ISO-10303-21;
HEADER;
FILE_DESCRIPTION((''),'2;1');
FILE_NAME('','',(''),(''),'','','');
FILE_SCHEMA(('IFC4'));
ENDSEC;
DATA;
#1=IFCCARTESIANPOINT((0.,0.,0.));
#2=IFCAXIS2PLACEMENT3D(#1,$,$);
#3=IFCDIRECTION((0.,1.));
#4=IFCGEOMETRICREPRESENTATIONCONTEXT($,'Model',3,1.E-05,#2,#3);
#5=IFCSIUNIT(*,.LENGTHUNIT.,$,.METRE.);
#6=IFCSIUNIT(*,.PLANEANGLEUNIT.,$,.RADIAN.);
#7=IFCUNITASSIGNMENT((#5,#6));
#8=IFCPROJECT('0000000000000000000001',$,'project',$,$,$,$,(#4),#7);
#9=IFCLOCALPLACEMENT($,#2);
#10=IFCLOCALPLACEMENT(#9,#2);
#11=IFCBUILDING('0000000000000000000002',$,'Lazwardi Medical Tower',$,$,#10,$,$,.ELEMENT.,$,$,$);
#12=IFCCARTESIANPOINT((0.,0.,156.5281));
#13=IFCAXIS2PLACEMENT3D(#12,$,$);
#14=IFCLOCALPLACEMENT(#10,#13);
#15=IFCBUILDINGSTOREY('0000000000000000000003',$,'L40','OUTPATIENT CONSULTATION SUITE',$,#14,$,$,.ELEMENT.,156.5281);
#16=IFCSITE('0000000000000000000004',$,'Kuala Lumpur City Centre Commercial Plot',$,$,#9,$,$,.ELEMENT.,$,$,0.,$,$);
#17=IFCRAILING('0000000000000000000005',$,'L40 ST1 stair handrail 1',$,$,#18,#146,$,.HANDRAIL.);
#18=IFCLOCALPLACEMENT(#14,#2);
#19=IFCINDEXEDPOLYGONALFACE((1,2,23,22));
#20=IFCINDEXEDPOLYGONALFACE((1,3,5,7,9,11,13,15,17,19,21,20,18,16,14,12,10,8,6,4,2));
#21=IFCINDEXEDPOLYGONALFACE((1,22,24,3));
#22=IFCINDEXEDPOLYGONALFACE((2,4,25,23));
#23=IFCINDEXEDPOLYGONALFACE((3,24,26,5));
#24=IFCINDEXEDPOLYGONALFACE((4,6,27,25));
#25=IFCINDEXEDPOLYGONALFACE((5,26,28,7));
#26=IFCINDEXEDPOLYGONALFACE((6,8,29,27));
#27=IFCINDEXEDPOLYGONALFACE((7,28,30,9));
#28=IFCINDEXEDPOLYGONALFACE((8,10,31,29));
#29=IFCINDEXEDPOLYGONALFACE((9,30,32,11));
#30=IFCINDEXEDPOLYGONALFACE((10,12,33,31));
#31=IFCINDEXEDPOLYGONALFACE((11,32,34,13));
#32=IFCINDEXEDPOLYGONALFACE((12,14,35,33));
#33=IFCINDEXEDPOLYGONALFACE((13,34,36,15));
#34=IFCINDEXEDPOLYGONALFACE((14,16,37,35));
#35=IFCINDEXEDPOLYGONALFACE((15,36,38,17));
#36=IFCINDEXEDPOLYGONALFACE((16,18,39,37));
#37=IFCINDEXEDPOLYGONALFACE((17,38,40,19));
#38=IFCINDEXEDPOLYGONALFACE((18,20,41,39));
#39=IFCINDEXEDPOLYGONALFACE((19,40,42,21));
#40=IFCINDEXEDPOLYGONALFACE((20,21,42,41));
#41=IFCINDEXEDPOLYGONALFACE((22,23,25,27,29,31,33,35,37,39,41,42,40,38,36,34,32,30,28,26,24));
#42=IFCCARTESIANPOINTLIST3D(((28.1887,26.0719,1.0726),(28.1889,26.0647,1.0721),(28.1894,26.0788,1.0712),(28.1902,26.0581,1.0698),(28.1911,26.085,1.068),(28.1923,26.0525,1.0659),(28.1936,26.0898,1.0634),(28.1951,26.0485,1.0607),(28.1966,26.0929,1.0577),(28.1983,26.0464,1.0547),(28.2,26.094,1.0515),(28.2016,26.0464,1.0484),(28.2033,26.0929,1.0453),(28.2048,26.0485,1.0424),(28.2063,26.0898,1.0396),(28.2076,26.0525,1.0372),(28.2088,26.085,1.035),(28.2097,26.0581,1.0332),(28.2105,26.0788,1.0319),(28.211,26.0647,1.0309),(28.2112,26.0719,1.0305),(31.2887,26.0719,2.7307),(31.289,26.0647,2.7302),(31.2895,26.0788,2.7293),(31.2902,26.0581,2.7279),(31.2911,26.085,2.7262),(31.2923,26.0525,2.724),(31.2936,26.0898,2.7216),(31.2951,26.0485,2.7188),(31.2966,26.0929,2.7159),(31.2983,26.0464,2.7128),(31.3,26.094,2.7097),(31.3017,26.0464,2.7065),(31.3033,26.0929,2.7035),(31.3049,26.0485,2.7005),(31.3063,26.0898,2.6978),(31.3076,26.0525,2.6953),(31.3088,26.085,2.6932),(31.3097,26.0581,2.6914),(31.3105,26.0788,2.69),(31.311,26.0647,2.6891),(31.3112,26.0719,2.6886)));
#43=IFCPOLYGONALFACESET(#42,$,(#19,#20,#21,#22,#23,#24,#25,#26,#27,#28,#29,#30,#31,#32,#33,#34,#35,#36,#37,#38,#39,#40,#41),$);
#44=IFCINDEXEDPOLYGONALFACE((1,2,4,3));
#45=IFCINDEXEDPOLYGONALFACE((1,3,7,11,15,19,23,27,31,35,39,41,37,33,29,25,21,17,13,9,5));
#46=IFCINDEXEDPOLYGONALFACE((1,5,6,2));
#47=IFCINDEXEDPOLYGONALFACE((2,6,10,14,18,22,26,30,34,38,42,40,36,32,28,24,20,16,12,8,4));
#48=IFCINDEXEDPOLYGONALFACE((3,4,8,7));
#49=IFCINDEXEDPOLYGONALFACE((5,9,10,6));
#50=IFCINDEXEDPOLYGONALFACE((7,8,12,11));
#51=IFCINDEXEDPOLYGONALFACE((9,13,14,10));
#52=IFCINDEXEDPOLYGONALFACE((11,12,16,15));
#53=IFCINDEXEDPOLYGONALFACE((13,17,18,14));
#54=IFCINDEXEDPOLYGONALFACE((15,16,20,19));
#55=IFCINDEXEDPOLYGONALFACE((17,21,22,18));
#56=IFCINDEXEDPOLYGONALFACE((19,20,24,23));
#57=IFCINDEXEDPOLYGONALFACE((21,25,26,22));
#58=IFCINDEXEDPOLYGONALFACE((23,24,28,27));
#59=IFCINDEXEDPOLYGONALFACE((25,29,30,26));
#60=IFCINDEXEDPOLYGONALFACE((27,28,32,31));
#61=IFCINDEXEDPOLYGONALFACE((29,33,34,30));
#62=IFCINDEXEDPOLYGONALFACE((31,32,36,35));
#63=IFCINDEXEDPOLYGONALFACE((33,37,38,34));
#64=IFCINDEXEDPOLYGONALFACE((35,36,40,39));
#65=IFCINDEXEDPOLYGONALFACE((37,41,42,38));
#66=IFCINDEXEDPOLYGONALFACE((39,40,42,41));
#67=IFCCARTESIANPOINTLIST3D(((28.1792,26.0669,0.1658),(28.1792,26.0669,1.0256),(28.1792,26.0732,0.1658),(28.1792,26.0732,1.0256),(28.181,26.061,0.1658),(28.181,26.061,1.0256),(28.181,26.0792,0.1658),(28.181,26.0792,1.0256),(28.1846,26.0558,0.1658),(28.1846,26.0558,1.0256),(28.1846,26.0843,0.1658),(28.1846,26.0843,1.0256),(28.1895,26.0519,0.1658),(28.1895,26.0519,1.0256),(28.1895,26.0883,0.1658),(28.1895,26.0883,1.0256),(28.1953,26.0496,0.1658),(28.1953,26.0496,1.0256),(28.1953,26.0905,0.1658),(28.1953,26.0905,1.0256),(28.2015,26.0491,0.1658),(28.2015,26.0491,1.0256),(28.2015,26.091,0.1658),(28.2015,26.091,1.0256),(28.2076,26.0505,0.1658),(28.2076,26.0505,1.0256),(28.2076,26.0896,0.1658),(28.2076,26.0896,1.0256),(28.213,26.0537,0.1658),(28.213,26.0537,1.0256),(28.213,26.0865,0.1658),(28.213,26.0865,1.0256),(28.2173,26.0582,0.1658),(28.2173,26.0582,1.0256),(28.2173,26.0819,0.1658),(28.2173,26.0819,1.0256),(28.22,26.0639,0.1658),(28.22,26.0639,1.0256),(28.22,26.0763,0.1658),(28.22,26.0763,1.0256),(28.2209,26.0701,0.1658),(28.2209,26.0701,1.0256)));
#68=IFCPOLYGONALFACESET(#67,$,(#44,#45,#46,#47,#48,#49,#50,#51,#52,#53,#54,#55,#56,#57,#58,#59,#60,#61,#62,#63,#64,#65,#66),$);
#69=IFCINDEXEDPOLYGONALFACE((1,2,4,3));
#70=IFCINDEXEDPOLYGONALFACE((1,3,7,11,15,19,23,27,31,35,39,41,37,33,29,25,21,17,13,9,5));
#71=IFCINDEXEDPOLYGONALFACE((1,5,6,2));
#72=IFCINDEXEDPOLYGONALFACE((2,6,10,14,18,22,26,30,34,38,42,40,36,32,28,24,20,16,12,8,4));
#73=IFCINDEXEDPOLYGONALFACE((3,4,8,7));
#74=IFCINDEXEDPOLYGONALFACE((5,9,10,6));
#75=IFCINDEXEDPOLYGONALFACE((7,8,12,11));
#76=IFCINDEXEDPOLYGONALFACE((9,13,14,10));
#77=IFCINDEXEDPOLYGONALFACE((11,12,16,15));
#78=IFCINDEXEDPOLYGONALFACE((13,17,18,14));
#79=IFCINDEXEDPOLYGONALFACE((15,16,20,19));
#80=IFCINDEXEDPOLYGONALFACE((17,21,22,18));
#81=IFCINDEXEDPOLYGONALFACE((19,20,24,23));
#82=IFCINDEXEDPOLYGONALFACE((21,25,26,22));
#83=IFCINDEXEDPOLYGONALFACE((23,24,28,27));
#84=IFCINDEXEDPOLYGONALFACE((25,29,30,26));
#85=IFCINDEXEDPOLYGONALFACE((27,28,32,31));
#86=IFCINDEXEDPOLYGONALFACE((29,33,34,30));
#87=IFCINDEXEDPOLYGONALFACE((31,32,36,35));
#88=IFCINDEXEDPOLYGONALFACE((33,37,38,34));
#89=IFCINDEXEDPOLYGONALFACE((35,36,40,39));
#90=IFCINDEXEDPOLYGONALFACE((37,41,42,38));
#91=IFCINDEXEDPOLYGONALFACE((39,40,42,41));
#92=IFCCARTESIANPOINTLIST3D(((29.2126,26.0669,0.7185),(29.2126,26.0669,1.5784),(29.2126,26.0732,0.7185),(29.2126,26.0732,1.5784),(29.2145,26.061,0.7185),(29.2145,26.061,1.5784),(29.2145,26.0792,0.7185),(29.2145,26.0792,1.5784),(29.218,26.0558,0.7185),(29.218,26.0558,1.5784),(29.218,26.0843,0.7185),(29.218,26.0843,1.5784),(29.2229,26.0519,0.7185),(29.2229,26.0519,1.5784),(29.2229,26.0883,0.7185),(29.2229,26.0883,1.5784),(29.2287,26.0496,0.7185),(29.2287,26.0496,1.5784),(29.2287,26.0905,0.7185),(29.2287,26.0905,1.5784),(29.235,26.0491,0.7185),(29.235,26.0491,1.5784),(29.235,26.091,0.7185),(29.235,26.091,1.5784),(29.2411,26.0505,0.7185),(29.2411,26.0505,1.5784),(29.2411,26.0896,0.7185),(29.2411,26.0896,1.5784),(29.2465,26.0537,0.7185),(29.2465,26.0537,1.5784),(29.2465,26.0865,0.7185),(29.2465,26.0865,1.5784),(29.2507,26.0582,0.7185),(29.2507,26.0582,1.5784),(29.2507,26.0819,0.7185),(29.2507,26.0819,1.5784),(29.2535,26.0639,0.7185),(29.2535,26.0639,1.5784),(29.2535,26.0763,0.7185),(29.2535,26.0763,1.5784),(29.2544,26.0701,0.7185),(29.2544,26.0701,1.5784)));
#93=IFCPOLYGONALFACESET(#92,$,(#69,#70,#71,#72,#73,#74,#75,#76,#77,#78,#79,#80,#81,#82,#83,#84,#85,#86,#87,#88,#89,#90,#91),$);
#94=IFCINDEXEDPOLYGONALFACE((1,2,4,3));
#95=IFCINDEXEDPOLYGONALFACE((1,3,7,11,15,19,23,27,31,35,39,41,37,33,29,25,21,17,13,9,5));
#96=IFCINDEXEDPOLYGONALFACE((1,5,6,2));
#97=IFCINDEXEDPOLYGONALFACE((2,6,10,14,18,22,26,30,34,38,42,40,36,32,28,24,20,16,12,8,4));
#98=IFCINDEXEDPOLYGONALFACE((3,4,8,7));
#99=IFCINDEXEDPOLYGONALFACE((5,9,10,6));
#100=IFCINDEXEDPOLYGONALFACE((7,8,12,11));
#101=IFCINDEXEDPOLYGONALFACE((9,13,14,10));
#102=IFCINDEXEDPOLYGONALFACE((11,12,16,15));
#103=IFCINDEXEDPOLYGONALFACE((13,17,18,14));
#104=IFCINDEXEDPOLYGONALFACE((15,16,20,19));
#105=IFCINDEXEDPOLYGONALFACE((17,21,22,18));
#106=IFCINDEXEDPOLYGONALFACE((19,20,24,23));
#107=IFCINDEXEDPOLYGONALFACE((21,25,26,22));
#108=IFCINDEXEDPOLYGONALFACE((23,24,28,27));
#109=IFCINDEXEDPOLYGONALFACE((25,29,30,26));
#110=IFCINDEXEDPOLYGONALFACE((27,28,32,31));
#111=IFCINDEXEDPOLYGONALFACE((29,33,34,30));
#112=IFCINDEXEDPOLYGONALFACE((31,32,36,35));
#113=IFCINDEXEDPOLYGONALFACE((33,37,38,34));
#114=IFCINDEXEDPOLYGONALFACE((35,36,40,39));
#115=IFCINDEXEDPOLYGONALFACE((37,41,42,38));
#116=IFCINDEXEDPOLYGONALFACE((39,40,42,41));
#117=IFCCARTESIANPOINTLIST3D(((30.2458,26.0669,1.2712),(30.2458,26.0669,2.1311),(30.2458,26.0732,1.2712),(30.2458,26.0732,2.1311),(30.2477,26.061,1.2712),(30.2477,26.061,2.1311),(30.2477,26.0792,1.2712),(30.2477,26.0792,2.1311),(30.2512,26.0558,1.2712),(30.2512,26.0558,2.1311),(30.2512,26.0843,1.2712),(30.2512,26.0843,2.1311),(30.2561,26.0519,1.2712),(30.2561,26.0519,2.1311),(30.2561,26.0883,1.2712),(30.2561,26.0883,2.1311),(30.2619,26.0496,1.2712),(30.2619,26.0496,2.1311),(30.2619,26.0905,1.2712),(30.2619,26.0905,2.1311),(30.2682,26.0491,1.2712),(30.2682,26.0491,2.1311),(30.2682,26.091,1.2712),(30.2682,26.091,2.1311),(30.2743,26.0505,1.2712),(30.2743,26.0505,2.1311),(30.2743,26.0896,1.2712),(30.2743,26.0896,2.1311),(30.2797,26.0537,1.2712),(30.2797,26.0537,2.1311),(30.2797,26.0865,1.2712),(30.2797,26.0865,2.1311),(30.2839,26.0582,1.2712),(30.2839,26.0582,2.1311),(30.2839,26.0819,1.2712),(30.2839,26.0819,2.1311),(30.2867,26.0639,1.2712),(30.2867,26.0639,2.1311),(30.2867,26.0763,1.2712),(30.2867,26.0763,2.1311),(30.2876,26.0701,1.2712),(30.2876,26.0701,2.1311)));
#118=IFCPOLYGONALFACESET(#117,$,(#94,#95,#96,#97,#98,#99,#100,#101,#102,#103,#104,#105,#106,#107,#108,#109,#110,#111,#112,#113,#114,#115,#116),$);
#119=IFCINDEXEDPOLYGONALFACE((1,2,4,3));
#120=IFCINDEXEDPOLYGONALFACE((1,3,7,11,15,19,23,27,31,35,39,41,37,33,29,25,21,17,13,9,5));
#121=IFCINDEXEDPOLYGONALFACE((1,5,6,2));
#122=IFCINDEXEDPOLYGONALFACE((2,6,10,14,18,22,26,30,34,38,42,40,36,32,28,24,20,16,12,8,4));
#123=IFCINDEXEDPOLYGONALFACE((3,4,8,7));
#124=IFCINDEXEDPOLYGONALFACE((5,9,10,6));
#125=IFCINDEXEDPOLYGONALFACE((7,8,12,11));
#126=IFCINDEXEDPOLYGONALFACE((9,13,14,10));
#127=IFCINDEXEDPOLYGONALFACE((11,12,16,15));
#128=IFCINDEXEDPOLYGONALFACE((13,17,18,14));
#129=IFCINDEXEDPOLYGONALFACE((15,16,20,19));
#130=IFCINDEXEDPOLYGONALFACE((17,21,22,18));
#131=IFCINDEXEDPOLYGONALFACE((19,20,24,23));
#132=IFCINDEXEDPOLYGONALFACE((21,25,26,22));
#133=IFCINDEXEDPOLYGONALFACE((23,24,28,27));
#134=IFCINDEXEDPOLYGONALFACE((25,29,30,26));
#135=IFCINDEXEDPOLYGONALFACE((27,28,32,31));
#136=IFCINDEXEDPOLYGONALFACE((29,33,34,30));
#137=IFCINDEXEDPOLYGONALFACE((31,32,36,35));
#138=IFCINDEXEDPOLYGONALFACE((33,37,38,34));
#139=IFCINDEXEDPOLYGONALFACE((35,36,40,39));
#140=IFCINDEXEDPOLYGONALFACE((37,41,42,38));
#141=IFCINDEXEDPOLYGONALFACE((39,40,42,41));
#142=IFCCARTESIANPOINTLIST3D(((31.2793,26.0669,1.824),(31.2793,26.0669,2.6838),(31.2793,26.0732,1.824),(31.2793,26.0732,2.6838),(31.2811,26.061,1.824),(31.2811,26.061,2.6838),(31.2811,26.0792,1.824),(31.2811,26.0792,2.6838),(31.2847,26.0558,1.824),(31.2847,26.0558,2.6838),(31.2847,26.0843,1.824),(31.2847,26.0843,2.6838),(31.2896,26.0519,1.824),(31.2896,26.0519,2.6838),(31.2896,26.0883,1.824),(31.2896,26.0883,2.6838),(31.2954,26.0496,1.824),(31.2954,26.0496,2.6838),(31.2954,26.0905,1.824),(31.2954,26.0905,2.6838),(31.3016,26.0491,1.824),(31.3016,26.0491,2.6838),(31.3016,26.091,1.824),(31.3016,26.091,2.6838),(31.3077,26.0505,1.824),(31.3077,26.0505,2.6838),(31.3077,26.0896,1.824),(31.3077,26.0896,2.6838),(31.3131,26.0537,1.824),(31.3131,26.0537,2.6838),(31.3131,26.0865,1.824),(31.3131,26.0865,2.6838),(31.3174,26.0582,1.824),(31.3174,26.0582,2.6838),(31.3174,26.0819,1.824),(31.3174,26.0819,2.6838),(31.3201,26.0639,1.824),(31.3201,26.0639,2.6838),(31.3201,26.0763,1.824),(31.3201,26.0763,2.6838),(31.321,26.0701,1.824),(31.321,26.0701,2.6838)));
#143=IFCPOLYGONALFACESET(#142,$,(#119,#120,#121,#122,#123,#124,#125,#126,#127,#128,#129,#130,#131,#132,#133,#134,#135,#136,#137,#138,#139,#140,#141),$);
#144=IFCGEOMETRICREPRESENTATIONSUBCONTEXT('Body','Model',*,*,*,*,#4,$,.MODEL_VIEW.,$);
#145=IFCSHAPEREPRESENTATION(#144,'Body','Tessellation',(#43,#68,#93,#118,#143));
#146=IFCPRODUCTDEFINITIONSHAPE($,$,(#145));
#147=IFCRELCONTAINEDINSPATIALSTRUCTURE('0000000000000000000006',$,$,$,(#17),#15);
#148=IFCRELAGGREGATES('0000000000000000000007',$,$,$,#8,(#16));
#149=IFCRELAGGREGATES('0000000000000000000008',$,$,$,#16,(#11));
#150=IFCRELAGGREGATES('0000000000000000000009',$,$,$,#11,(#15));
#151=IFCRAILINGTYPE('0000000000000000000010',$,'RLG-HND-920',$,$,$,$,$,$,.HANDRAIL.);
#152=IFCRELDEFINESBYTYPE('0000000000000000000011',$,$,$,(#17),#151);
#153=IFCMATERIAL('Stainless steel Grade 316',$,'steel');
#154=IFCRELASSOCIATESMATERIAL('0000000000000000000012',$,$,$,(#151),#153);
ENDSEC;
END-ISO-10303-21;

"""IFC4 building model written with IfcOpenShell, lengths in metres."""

from ifc_helpers import new_model, si_unit, direction, frame, origin, origin_2d, place, context, subcontext, project, spatial, circle, extrude, material, type_object, element, save


model = new_model("IFC4")

# Units and contexts
model_context = context("Model", 3, precision=1e-05, world=origin(), true_north=direction((0.0, 1.0)))
body_context = subcontext(model_context, "Body", "Model", "MODEL_VIEW")
ifc_project = project(units=[si_unit("LENGTHUNIT", "METRE"), si_unit("PLANEANGLEUNIT", "RADIAN")], contexts=[model_context])

# Site, building, storey
site_placement = place(None, origin())
site = spatial("IfcSite", under=ifc_project, at=site_placement, Name="Kuala Lumpur City Centre Commercial Plot", CompositionType="ELEMENT", RefElevation=0.0)
building_placement = place(site_placement, origin())
building = spatial("IfcBuilding", under=site, at=building_placement, Name="Lazwardi Medical Tower", CompositionType="ELEMENT")
storey_placement = place(building_placement, frame((0.0, 0.0, 156.5281)))
storey = spatial("IfcBuildingStorey", under=building, at=storey_placement, Name="L40", Description="OUTPATIENT CONSULTATION SUITE", CompositionType="ELEMENT", Elevation=156.5281)

# Railing
ifc_material_1 = material(Name="Stainless steel Grade 316", Category="steel")
railing_type_1 = type_object("IfcRailingType", Name="RLG-HND-920", PredefinedType="HANDRAIL", material=ifc_material_1)
railing_1_placement = place(storey_placement, frame((28.2, 26.0701, 0.1658)))
element("IfcRailing", 1, at=railing_1_placement, inside=storey, type_object=railing_type_1, Name="L40 ST1 stair handrail 1", PredefinedType="HANDRAIL", context=body_context, shape_type="SweptSolid", body=[
    extrude(circle(Radius=0.0239, at=origin_2d()), frame((0.0, 0.0, 0.8857), z_axis=(0.881783, 0.0, 0.471655), x_axis=(0.0, 1.0, 0.0)), (0.0, 0.0, 1.0), 3.5156),
    extrude(circle(Radius=0.021, at=origin_2d()), origin(), (0.0, 0.0, 1.0), 0.8599),
    extrude(circle(Radius=0.021, at=origin_2d()), frame((1.0334, 0.0, 0.5527)), (0.0, 0.0, 1.0), 0.8599),
    extrude(circle(Radius=0.021, at=origin_2d()), frame((2.0667, 0.0, 1.1055)), (0.0, 0.0, 1.0), 0.8599),
    extrude(circle(Radius=0.021, at=origin_2d()), frame((3.1001, 0.0, 1.6582)), (0.0, 0.0, 1.0), 0.8599),
])

save(model, "model.ifc")
